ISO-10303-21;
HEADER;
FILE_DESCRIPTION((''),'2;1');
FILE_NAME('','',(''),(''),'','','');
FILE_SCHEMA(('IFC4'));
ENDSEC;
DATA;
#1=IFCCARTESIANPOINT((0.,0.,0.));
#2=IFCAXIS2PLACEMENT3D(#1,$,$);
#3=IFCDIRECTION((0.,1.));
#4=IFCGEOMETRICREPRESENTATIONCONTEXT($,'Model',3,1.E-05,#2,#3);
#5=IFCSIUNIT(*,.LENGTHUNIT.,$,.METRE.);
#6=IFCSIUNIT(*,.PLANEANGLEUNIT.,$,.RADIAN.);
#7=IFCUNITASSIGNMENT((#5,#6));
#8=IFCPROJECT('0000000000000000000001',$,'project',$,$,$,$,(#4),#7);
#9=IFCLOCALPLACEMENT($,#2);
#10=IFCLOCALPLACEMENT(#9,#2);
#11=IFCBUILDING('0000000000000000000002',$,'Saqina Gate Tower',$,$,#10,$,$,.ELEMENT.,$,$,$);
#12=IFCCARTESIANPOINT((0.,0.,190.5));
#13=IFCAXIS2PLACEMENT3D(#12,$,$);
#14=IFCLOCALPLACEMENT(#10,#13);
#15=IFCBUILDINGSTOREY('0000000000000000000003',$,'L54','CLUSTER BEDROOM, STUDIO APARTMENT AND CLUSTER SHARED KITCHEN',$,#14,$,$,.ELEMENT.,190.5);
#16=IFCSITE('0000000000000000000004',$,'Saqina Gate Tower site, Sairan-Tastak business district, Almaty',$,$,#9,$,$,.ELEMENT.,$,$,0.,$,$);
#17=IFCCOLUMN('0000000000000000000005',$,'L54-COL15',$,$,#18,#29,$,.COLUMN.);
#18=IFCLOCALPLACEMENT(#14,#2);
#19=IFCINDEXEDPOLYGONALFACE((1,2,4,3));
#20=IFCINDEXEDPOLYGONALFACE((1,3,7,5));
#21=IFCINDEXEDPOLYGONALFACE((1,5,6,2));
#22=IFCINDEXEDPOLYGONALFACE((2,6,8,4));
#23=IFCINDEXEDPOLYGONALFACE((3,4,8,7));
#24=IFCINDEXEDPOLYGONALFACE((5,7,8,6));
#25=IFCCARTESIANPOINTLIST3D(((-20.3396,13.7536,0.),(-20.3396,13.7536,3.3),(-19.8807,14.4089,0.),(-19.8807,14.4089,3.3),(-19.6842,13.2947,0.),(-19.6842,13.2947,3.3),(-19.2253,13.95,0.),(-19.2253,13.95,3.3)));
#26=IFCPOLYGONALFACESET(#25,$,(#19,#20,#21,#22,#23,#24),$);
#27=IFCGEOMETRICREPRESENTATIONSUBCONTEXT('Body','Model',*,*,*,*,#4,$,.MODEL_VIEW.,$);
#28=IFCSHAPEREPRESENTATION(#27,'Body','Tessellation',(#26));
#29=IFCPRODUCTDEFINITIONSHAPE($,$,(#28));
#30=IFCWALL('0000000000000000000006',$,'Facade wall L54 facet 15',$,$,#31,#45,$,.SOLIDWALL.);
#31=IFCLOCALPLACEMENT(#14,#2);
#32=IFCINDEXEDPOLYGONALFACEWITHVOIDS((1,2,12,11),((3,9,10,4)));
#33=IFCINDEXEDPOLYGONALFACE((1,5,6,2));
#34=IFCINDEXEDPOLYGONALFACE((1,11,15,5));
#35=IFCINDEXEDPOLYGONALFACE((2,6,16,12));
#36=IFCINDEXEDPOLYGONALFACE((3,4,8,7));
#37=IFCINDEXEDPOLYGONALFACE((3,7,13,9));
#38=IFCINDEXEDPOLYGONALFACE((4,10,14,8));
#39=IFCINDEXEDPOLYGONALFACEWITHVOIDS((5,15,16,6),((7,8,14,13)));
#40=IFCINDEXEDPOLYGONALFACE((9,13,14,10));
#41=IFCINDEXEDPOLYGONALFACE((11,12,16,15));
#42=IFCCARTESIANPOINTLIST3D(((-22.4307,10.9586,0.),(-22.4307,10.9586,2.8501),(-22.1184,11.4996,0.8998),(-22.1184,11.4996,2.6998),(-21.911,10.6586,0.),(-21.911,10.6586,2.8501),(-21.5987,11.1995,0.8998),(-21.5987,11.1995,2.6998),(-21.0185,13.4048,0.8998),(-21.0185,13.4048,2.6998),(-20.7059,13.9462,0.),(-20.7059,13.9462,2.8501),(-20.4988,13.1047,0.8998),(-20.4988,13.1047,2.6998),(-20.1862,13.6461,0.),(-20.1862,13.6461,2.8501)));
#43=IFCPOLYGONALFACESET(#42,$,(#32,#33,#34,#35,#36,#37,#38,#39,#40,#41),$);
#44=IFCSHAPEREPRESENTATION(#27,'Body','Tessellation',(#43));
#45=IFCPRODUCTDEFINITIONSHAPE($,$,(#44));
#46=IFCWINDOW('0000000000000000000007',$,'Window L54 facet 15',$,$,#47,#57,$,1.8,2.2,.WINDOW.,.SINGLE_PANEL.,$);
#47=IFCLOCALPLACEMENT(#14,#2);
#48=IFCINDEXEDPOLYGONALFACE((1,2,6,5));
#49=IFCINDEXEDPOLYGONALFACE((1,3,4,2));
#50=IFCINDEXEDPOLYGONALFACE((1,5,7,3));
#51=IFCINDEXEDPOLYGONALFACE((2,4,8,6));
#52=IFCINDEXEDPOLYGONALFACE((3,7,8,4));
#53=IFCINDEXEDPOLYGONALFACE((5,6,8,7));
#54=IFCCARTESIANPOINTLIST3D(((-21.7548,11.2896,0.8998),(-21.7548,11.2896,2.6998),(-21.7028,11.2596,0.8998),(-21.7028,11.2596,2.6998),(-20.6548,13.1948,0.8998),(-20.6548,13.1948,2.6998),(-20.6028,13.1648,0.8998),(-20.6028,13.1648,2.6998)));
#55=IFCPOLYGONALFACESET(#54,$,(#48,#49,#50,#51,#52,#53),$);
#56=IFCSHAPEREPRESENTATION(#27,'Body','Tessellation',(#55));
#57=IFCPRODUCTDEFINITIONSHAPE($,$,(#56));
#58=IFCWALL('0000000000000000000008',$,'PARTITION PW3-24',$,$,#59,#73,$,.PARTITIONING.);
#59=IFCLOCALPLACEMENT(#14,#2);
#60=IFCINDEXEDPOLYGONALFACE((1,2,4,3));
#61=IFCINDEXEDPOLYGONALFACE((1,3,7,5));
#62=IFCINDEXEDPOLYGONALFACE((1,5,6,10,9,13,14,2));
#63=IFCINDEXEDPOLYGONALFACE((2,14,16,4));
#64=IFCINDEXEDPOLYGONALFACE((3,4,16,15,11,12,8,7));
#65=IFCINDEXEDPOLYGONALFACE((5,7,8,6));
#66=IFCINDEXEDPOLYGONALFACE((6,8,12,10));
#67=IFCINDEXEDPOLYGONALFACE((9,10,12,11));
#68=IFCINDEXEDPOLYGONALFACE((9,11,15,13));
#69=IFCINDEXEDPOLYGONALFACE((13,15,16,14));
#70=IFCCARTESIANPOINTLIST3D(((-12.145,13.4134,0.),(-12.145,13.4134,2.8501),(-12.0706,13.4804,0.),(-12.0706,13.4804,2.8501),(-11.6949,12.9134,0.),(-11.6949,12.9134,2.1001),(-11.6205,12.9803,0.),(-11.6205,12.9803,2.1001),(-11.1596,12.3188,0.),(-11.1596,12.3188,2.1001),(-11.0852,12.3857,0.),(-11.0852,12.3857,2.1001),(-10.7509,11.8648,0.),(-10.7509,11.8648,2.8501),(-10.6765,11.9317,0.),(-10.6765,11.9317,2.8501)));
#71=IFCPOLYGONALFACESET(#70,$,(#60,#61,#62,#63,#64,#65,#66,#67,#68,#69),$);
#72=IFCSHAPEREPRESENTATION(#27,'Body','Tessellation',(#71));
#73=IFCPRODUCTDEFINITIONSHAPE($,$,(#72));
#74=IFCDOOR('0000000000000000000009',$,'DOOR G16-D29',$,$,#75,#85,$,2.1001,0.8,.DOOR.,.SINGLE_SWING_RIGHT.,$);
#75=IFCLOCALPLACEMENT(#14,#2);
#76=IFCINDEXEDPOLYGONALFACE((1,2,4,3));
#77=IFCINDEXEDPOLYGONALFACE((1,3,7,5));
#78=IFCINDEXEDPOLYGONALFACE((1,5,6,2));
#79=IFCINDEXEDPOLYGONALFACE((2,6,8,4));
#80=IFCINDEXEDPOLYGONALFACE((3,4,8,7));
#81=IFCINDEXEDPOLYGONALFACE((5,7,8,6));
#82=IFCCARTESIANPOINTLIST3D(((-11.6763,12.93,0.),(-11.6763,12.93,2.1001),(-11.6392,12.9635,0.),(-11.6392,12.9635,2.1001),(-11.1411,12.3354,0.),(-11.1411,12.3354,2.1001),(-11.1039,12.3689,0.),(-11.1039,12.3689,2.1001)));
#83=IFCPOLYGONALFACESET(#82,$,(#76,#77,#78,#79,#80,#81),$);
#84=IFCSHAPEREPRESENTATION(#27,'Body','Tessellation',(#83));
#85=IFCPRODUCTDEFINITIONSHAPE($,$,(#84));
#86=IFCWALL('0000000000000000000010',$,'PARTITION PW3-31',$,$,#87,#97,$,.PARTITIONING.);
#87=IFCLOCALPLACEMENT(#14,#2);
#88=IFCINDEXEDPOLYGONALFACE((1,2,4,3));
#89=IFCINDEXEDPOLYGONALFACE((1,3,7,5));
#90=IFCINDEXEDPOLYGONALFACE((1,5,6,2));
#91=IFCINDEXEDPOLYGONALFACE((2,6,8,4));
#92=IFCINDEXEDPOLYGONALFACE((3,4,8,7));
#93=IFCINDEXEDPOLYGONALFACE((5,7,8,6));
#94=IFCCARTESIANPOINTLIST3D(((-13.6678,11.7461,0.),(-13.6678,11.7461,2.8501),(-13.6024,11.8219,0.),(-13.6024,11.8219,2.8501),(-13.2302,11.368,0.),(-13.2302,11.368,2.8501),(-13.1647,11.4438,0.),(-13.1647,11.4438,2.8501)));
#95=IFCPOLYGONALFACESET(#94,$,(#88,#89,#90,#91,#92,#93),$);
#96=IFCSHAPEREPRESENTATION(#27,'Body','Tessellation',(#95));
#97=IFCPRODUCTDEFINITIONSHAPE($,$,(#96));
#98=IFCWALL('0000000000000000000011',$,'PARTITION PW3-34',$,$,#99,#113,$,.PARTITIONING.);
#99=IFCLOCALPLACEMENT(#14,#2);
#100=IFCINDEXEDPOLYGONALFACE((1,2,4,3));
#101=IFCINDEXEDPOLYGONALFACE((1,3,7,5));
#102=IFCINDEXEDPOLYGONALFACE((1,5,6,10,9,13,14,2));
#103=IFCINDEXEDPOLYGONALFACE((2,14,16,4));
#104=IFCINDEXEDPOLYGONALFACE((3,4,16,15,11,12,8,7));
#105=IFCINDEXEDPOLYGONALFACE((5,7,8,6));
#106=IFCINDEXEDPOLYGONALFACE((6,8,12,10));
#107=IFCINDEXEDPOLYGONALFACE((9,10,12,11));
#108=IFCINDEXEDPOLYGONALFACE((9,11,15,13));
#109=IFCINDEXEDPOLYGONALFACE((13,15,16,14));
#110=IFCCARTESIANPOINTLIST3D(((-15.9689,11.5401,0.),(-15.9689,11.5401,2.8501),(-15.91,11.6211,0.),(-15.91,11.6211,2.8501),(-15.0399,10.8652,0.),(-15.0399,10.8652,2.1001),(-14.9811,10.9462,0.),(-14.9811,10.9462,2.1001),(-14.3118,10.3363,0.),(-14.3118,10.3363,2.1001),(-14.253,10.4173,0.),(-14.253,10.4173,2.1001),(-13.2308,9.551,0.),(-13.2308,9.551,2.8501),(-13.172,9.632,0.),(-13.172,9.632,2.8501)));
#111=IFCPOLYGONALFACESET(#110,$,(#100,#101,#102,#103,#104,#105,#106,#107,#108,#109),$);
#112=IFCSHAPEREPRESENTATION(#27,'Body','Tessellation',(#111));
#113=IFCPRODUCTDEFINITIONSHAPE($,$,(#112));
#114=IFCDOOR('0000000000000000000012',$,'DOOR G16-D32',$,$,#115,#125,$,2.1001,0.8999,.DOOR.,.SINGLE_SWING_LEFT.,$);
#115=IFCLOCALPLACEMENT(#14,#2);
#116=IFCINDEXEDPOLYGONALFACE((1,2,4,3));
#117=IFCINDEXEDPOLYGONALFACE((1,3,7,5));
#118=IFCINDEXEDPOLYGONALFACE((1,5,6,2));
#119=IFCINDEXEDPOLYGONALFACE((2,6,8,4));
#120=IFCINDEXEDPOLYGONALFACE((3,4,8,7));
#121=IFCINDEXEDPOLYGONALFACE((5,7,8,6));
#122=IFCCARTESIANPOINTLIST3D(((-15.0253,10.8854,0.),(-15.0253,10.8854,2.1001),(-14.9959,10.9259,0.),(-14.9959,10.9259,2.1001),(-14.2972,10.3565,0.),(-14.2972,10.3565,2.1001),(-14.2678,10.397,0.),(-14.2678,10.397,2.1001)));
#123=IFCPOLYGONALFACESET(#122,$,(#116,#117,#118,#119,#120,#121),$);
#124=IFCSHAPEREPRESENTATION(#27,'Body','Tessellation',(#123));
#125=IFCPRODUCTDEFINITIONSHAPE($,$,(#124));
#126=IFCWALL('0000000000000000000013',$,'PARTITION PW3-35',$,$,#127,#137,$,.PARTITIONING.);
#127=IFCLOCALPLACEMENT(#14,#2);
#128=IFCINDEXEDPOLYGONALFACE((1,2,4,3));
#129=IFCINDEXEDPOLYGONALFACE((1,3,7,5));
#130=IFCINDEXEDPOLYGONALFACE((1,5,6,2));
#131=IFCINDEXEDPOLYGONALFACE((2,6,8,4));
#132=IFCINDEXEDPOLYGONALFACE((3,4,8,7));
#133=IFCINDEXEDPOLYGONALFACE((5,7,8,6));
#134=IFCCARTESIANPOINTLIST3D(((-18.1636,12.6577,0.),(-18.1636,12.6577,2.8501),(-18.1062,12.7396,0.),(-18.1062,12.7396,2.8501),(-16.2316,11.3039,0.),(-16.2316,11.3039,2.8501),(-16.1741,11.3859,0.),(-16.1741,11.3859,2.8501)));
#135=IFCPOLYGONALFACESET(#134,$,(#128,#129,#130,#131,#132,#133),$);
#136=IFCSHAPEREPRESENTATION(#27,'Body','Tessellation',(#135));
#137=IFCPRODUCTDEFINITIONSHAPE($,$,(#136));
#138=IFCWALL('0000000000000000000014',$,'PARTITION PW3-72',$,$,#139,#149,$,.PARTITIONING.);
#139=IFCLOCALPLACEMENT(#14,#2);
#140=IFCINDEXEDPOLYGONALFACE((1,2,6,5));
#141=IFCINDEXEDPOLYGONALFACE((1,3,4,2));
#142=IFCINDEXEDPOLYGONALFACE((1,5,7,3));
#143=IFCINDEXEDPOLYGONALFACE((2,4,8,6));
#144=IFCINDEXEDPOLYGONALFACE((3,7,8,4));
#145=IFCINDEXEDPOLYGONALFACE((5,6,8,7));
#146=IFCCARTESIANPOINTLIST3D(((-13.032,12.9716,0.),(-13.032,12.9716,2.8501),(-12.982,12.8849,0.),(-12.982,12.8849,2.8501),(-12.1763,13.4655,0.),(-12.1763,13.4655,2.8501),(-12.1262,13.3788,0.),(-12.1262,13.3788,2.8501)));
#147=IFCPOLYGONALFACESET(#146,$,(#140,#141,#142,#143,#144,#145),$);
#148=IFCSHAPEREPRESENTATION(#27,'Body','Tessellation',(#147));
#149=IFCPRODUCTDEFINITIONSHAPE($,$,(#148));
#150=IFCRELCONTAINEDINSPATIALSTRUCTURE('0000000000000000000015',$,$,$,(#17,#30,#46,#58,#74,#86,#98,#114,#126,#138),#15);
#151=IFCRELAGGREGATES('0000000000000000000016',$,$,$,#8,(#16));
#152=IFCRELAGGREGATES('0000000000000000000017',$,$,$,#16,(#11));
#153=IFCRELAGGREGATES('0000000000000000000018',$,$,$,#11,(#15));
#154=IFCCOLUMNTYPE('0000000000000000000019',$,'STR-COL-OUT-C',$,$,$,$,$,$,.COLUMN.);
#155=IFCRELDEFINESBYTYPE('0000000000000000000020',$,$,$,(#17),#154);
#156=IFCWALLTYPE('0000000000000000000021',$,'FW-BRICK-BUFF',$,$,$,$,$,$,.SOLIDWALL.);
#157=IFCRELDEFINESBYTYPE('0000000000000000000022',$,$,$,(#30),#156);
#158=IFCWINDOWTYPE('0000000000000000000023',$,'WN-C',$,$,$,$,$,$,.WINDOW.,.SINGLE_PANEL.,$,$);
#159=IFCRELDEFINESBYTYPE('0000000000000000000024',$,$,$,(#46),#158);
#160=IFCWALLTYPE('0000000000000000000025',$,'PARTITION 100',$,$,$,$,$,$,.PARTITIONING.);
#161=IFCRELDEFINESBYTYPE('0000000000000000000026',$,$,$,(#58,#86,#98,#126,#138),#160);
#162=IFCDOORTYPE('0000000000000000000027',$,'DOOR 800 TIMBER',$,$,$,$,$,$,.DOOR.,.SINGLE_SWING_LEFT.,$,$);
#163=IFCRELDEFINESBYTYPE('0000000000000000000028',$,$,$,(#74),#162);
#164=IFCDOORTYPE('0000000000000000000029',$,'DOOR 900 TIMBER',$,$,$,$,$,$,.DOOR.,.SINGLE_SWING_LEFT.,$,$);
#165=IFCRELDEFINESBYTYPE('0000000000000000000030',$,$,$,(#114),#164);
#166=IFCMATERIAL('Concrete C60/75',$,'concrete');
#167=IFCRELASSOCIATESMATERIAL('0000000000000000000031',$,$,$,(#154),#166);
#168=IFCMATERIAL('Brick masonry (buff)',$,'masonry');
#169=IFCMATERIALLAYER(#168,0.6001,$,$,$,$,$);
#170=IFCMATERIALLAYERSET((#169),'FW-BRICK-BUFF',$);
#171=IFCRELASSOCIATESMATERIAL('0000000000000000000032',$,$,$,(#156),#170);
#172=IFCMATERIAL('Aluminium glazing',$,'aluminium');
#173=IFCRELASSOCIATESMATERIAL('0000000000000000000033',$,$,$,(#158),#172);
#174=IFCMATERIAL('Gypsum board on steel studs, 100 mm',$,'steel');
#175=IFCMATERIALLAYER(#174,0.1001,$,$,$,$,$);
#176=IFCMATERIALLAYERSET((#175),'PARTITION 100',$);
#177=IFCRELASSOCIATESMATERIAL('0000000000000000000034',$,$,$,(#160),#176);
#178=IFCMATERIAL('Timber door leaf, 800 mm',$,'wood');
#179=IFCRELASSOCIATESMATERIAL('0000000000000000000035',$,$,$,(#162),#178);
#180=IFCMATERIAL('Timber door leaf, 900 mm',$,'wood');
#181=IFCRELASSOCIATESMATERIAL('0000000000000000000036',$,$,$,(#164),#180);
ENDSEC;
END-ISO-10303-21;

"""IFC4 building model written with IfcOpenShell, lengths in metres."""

from ifc_helpers import new_model, si_unit, direction, frame, frame_2d, origin, origin_2d, place, context, subcontext, project, spatial, rectangle, extrude, material, layer, layer_set, material_profile, profile_set, type_object, element, fill, save


model = new_model("IFC4")

# Units and contexts
model_context = context("Model", 3, precision=1e-05, world=origin(), true_north=direction((0.0, 1.0)))
body_context = subcontext(model_context, "Body", "Model", "MODEL_VIEW")
ifc_project = project(units=[si_unit("LENGTHUNIT", "METRE"), si_unit("PLANEANGLEUNIT", "RADIAN")], contexts=[model_context])

# Site, building, storey
site_placement = place(None, origin())
site = spatial("IfcSite", under=ifc_project, at=site_placement, Name="Saqina Gate Tower site, Sairan-Tastak business district, Almaty", CompositionType="ELEMENT", RefElevation=0.0)
building_placement = place(site_placement, origin())
building = spatial("IfcBuilding", under=site, at=building_placement, Name="Saqina Gate Tower", CompositionType="ELEMENT")
storey_placement = place(building_placement, frame((0.0, 0.0, 190.5)))
storey = spatial("IfcBuildingStorey", under=building, at=storey_placement, Name="L54", Description="CLUSTER BEDROOM, STUDIO APARTMENT AND CLUSTER SHARED KITCHEN", CompositionType="ELEMENT", Elevation=190.5)

# Column
ifc_material_1 = material(Name="Concrete C60/75", Category="concrete")
ifc_material_profile = material_profile(ifc_material_1, rectangle(XDim=0.8, YDim=0.8, at=origin_2d()), Name="RC 800x800")
ifc_profile_set = profile_set([ifc_material_profile], Name="Concrete C60/75")
column_type = type_object("IfcColumnType", Name="STR-COL-OUT-C", PredefinedType="COLUMN", material=ifc_profile_set)
column_placement = place(storey_placement, frame((-19.7825, 13.8518, 0.0), z_axis=(0.0, 0.0, 1.0), x_axis=(-0.819152, 0.573576, 0.0)))
element("IfcColumn", 1, at=column_placement, inside=storey, type_object=column_type, Name="L54-COL15", PredefinedType="COLUMN", context=body_context, shape_type="SweptSolid", body=[
    extrude(rectangle(XDim=0.8, YDim=0.8, at=origin_2d()), origin(), (0.0, 0.0, 1.0), 3.3),
])

# Wall, opening, window
ifc_material_2 = material(Name="Brick masonry (buff)", Category="masonry")
ifc_layer_1 = layer(ifc_material_2, 0.6001)
ifc_layer_set_1 = layer_set([ifc_layer_1], Name="FW-BRICK-BUFF")
wall_type_1 = type_object("IfcWallType", Name="FW-BRICK-BUFF", PredefinedType="SOLIDWALL", material=ifc_layer_set_1)
wall_1_placement = place(storey_placement, frame((-20.446, 13.7961, 0.0), z_axis=(0.0, 0.0, 1.0), x_axis=(-0.499998, -0.866026, 0.0)))
wall_1 = element("IfcWall", 2, at=wall_1_placement, inside=storey, type_object=wall_type_1, Name="Facade wall L54 facet 15", PredefinedType="SOLIDWALL", context=body_context, shape_type="SweptSolid", body=[
    extrude(rectangle(XDim=3.4497, YDim=0.6001, at=frame_2d((1.7249, 0.0))), origin(), (0.0, 0.0, 1.0), 2.8501),
])
opening_1_placement = place(wall_1_placement, frame((0.625, 0.0, 0.8999)))
opening_1 = element("IfcOpeningElement", 3, at=opening_1_placement, cuts=wall_1, PredefinedType="OPENING", context=body_context, shape_type="SweptSolid", body=[
    extrude(rectangle(XDim=2.2, YDim=1.8, at=frame_2d((1.1001, 0.8999))), frame((0.0, 0.312, 0.0), z_axis=(0.0, -1.0, 0.0), x_axis=(1.0, 0.0, 0.0)), (0.0, 0.0, 1.0), 0.624),
])
ifc_material_3 = material(Name="Aluminium glazing", Category="aluminium")
window_type = type_object("IfcWindowType", Name="WN-C", PartitioningType="SINGLE_PANEL", PredefinedType="WINDOW", material=ifc_material_3)
window_placement = place(opening_1_placement, origin())
window = element("IfcWindow", 4, at=window_placement, inside=storey, type_object=window_type, Name="Window L54 facet 15", OverallHeight=1.8, OverallWidth=2.2, PartitioningType="SINGLE_PANEL", PredefinedType="WINDOW", context=body_context, shape_type="SweptSolid", body=[
    extrude(rectangle(XDim=2.2, YDim=1.8, at=frame_2d((1.1001, 0.8999))), frame((0.0, 0.1799, 0.0), z_axis=(0.0, -1.0, 0.0), x_axis=(1.0, 0.0, 0.0)), (0.0, 0.0, 1.0), 0.0601),
])
fill(opening_1, window)

# Wall, opening, door
ifc_material_4 = material(Name="Gypsum board on steel studs, 100 mm", Category="steel")
ifc_layer_2 = layer(ifc_material_4, 0.1001)
ifc_layer_set_2 = layer_set([ifc_layer_2], Name="PARTITION 100")
wall_type_2 = type_object("IfcWallType", Name="PARTITION 100", PredefinedType="PARTITIONING", material=ifc_layer_set_2)
wall_2_placement = place(storey_placement, frame((-12.1079, 13.447, 0.0), z_axis=(0.0, 0.0, 1.0), x_axis=(0.669049, -0.743218, 0.0)))
wall_2 = element("IfcWall", 5, at=wall_2_placement, inside=storey, type_object=wall_type_2, Name="PARTITION PW3-24", PredefinedType="PARTITIONING", context=body_context, shape_type="SweptSolid", body=[
    extrude(rectangle(XDim=2.0837, YDim=0.1001, at=frame_2d((1.042, 0.0))), origin(), (0.0, 0.0, 1.0), 2.8501),
])
opening_2_placement = place(wall_2_placement, frame((0.6731, 0.0, 0.0)))
opening_2 = element("IfcOpeningElement", 6, at=opening_2_placement, cuts=wall_2, PredefinedType="OPENING", context=body_context, shape_type="SweptSolid", body=[
    extrude(rectangle(XDim=0.8, YDim=2.1001, at=frame_2d((0.3999, 1.05))), frame((0.0, 0.062, 0.0), z_axis=(0.0, -1.0, 0.0), x_axis=(1.0, 0.0, 0.0)), (0.0, 0.0, 1.0), 0.124),
])
ifc_material_5 = material(Name="Timber door leaf, 800 mm", Category="wood")
door_type_1 = type_object("IfcDoorType", Name="DOOR 800 TIMBER", OperationType="SINGLE_SWING_LEFT", PredefinedType="DOOR", material=ifc_material_5)
door_1_placement = place(opening_2_placement, origin())
door_1 = element("IfcDoor", 7, at=door_1_placement, inside=storey, type_object=door_type_1, Name="DOOR G16-D29", OperationType="SINGLE_SWING_RIGHT", OverallHeight=2.1001, OverallWidth=0.8, PredefinedType="DOOR", context=body_context, shape_type="SweptSolid", body=[
    extrude(rectangle(XDim=0.8, YDim=2.1001, at=frame_2d((0.3999, 1.05))), frame((0.0, 0.0249, 0.0), z_axis=(0.0, -1.0, 0.0), x_axis=(1.0, 0.0, 0.0)), (0.0, 0.0, 1.0), 0.05),
])
fill(opening_2, door_1)

# Wall
wall_3_placement = place(storey_placement, frame((-13.635, 11.7839, 0.0), z_axis=(0.0, 0.0, 1.0), x_axis=(0.756719, -0.653741, 0.0)))
element("IfcWall", 8, at=wall_3_placement, inside=storey, type_object=wall_type_2, Name="PARTITION PW3-31", PredefinedType="PARTITIONING", context=body_context, shape_type="SweptSolid", body=[
    extrude(rectangle(XDim=0.5784, YDim=0.1001, at=frame_2d((0.2891, 0.0))), origin(), (0.0, 0.0, 1.0), 2.8501),
])

# Wall, opening, door
wall_4_placement = place(storey_placement, frame((-15.9395, 11.5806, 0.0), z_axis=(0.0, 0.0, 1.0), x_axis=(0.809057, -0.58773, 0.0)))
wall_4 = element("IfcWall", 9, at=wall_4_placement, inside=storey, type_object=wall_type_2, Name="PARTITION PW3-34", PredefinedType="PARTITIONING", context=body_context, shape_type="SweptSolid", body=[
    extrude(rectangle(XDim=3.3843, YDim=0.1001, at=frame_2d((1.6921, 0.0))), origin(), (0.0, 0.0, 1.0), 2.8501),
])
opening_3_placement = place(wall_4_placement, frame((1.1482, 0.0, 0.0)))
opening_3 = element("IfcOpeningElement", 10, at=opening_3_placement, cuts=wall_4, PredefinedType="OPENING", context=body_context, shape_type="SweptSolid", body=[
    extrude(rectangle(XDim=0.8999, YDim=2.1001, at=frame_2d((0.45, 1.05))), frame((0.0, 0.062, 0.0), z_axis=(0.0, -1.0, 0.0), x_axis=(1.0, 0.0, 0.0)), (0.0, 0.0, 1.0), 0.124),
])
ifc_material_6 = material(Name="Timber door leaf, 900 mm", Category="wood")
door_type_2 = type_object("IfcDoorType", Name="DOOR 900 TIMBER", OperationType="SINGLE_SWING_LEFT", PredefinedType="DOOR", material=ifc_material_6)
door_2_placement = place(opening_3_placement, origin())
door_2 = element("IfcDoor", 11, at=door_2_placement, inside=storey, type_object=door_type_2, Name="DOOR G16-D32", OperationType="SINGLE_SWING_LEFT", OverallHeight=2.1001, OverallWidth=0.8999, PredefinedType="DOOR", context=body_context, shape_type="SweptSolid", body=[
    extrude(rectangle(XDim=0.8999, YDim=2.1001, at=frame_2d((0.45, 1.05))), frame((0.0, 0.0249, 0.0), z_axis=(0.0, -1.0, 0.0), x_axis=(1.0, 0.0, 0.0)), (0.0, 0.0, 1.0), 0.05),
])
fill(opening_3, door_2)

# Walls
wall_5_placement = place(storey_placement, frame((-18.135, 12.6987, 0.0), z_axis=(0.0, 0.0, 1.0), x_axis=(0.818979, -0.573823, 0.0)))
element("IfcWall", 12, at=wall_5_placement, inside=storey, type_object=wall_type_2, Name="PARTITION PW3-35", PredefinedType="PARTITIONING", context=body_context, shape_type="SweptSolid", body=[
    extrude(rectangle(XDim=2.3591, YDim=0.1001, at=frame_2d((1.1797, 0.0))), origin(), (0.0, 0.0, 1.0), 2.8501),
])
wall_6_placement = place(storey_placement, frame((-13.0071, 12.9282, 0.0), z_axis=(0.0, 0.0, 1.0), x_axis=(0.866091, 0.499886, 0.0)))
element("IfcWall", 13, at=wall_6_placement, inside=storey, type_object=wall_type_2, Name="PARTITION PW3-72", PredefinedType="PARTITIONING", context=body_context, shape_type="SweptSolid", body=[
    extrude(rectangle(XDim=0.988, YDim=0.1001, at=frame_2d((0.4941, 0.0))), origin(), (0.0, 0.0, 1.0), 2.8501),
])

save(model, "model.ifc")
